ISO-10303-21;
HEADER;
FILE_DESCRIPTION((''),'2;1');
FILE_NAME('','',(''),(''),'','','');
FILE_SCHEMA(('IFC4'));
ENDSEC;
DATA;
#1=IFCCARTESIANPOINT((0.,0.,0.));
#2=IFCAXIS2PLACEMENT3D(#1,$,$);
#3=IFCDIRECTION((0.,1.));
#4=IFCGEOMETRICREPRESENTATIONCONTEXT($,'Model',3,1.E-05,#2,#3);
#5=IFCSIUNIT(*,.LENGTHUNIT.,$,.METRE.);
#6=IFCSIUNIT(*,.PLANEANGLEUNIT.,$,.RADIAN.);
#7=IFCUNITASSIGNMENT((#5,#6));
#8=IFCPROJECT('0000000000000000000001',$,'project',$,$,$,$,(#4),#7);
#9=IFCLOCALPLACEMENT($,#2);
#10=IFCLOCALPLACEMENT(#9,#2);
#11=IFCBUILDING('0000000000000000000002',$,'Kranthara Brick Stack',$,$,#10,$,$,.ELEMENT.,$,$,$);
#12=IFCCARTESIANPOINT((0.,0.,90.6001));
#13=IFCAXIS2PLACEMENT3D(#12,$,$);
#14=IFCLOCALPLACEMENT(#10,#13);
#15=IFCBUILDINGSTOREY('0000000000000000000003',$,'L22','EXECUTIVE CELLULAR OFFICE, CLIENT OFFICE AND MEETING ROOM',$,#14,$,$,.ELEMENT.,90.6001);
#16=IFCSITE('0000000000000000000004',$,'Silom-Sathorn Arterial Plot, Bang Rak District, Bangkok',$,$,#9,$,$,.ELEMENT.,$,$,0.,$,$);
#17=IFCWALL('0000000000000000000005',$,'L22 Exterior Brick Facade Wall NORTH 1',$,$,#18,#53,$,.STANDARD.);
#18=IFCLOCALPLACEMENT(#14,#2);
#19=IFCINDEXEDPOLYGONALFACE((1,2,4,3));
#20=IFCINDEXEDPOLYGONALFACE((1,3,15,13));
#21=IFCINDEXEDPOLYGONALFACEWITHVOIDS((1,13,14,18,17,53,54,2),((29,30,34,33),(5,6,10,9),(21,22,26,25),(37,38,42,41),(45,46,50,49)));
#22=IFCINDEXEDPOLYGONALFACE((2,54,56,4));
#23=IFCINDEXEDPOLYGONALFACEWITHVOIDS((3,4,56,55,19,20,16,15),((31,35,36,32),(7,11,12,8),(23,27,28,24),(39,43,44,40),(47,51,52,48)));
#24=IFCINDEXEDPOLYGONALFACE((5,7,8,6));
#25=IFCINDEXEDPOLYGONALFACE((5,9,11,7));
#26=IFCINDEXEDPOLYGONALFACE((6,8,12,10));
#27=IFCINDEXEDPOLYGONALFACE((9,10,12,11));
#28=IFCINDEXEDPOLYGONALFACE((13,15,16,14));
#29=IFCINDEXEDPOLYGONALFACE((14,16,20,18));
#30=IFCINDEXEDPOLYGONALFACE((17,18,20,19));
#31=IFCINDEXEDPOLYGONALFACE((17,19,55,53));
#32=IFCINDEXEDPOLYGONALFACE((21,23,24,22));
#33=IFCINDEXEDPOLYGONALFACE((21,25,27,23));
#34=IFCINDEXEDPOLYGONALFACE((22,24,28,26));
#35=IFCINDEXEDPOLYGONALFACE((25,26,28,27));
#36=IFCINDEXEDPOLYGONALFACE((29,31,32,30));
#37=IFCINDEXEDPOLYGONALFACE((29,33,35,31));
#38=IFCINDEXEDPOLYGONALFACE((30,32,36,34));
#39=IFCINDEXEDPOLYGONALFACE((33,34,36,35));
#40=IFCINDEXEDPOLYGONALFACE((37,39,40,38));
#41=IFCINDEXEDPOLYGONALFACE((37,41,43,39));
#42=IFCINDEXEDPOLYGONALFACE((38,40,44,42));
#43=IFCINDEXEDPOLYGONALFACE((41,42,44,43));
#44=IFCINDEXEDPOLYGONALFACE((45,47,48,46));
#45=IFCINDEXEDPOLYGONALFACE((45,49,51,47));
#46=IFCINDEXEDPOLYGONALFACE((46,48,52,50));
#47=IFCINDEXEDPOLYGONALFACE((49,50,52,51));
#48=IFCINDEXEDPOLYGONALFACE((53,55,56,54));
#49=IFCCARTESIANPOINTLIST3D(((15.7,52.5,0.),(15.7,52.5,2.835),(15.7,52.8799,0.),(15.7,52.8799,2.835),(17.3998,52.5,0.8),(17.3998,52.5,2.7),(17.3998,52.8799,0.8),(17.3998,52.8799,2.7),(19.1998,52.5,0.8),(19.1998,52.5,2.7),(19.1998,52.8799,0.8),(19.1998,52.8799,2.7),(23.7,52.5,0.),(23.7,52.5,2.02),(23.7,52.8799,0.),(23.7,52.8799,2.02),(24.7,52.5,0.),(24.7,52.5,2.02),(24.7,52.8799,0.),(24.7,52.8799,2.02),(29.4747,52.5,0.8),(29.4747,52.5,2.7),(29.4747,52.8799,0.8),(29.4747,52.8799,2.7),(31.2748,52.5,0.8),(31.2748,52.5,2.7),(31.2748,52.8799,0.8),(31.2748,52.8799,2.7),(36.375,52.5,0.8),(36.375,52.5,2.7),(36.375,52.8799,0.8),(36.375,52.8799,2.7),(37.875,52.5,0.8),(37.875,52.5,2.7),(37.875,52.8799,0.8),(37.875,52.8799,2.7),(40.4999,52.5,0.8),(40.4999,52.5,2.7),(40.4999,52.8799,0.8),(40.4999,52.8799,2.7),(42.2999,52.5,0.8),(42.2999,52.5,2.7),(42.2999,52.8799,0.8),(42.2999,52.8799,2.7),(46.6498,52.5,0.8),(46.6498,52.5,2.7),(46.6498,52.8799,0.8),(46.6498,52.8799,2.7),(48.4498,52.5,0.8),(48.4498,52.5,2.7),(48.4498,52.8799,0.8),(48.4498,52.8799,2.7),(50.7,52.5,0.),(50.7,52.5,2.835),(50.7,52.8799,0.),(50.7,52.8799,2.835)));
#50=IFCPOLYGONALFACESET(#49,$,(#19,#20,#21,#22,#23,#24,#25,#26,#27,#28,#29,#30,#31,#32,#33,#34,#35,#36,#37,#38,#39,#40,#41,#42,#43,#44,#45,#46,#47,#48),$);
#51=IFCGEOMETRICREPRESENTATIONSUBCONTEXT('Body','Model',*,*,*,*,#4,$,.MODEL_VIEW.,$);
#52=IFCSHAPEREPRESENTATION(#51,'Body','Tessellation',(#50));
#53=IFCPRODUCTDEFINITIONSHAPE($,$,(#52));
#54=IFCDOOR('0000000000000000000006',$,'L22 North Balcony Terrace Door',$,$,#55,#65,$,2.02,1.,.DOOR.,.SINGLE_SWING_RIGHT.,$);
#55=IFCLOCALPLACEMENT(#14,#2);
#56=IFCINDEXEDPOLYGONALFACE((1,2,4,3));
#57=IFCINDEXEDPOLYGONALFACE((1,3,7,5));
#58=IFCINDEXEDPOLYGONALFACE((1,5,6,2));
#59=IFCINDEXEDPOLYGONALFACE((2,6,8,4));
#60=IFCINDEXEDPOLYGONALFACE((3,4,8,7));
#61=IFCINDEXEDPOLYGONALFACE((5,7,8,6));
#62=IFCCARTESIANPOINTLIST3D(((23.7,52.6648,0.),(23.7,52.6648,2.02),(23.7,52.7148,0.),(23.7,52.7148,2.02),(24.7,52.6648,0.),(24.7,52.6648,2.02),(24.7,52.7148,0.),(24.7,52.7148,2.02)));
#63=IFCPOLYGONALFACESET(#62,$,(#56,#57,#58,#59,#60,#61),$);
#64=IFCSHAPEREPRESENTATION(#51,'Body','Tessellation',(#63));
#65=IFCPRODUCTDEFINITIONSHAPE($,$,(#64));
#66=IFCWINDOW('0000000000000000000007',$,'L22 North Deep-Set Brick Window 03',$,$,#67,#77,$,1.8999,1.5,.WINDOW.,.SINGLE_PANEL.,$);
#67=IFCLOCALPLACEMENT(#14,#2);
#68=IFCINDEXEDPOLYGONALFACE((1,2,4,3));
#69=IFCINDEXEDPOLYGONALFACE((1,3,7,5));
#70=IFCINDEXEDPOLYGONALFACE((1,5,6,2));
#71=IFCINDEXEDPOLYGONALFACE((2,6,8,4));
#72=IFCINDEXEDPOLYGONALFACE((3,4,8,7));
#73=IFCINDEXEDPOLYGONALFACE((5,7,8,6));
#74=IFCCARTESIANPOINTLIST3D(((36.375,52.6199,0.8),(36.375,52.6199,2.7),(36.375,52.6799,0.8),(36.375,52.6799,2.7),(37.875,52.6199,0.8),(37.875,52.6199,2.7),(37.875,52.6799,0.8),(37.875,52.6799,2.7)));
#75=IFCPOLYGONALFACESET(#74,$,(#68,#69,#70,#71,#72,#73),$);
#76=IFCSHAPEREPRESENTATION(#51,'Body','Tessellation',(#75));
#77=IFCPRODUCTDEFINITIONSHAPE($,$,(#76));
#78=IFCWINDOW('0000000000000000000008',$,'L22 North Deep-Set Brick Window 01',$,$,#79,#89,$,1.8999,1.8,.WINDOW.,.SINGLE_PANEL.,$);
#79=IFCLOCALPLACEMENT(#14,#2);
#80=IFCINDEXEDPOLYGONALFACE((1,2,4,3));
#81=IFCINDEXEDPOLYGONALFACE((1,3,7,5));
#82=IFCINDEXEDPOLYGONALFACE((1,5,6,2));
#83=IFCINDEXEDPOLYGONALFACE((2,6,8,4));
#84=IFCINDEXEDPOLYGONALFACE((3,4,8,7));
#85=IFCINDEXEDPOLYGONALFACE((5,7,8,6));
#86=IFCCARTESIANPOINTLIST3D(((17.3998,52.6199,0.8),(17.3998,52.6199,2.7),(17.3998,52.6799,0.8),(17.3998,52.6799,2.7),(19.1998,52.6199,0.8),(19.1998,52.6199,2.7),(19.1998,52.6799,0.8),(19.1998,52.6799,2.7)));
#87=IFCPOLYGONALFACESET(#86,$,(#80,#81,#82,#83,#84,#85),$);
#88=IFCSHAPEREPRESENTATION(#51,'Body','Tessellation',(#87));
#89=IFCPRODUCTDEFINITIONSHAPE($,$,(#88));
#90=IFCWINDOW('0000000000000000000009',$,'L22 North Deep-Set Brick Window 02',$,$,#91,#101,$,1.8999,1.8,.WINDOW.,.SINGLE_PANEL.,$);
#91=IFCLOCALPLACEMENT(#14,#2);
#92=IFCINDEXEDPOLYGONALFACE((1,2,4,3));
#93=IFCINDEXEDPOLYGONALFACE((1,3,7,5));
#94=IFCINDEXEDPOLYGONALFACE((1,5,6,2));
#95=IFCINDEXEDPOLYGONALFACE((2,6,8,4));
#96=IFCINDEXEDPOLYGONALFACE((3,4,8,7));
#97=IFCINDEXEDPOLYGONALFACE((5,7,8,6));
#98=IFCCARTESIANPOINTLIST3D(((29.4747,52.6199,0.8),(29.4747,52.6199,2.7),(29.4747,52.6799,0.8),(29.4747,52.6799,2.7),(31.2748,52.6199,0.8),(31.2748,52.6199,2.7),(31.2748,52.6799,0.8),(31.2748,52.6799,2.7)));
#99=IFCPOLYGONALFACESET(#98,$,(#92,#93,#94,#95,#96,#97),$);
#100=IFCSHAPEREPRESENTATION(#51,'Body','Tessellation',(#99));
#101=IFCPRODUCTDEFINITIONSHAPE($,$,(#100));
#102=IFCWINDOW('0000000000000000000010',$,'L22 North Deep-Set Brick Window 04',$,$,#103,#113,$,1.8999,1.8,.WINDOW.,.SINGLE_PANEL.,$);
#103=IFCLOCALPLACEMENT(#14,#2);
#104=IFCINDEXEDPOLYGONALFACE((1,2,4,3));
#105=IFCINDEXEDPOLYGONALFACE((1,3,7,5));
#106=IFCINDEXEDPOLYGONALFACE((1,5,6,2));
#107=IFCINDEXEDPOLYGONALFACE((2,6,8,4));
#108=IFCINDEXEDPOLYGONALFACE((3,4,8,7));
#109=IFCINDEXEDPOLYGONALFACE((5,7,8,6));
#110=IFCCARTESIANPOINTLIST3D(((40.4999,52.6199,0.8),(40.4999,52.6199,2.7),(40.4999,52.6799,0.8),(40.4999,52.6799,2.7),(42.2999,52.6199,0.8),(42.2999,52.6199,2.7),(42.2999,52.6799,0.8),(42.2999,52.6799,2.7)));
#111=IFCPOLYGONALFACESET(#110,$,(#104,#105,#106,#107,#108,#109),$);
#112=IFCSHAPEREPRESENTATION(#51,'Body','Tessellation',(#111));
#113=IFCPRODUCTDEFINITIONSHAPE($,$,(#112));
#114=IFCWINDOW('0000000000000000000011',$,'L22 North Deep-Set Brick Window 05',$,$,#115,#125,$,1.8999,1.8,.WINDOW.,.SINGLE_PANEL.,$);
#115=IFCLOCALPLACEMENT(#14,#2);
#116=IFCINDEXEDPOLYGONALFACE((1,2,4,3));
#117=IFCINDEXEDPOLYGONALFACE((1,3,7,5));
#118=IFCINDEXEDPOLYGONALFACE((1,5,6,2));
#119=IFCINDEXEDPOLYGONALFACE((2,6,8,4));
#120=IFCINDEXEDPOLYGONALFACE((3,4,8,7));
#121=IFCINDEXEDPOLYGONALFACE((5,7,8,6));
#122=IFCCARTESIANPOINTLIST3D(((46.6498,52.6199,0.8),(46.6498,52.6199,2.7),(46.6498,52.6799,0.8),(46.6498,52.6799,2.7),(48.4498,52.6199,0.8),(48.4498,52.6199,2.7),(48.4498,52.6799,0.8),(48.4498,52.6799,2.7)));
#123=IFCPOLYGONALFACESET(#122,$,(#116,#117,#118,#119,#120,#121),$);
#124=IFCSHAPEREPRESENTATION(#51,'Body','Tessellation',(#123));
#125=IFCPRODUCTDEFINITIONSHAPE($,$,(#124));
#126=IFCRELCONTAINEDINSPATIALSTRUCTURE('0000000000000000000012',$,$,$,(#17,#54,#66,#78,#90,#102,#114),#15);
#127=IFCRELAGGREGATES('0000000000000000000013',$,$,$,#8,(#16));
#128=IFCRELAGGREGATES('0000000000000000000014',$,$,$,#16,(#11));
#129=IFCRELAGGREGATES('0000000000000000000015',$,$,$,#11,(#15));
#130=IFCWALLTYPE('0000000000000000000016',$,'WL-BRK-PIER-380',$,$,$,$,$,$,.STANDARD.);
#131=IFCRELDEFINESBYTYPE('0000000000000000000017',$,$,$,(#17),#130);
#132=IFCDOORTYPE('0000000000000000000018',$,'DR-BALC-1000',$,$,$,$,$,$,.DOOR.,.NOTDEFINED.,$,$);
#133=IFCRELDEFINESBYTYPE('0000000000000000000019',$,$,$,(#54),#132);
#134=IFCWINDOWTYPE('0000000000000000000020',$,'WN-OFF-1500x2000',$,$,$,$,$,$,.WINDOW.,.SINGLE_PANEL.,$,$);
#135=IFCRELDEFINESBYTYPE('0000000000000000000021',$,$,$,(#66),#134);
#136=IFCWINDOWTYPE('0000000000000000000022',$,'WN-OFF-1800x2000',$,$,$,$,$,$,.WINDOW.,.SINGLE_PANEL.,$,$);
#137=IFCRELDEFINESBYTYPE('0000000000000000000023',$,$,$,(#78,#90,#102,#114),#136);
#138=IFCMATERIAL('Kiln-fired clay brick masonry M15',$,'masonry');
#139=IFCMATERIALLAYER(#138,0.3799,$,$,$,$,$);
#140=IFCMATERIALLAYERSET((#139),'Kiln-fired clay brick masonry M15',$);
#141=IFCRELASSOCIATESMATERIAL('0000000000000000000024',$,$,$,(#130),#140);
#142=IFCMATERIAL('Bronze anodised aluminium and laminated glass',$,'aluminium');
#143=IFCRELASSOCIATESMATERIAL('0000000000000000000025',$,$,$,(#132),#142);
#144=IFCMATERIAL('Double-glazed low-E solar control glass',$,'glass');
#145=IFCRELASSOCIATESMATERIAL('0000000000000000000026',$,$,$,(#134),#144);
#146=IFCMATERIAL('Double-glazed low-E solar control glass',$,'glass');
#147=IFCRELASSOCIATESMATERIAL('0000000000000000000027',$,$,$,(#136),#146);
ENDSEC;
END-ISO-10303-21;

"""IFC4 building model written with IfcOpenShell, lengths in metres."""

from ifc_helpers import new_model, si_unit, direction, frame, frame_2d, origin, place, context, subcontext, project, spatial, rectangle, extrude, material, layer, layer_set, type_object, element, fill, save


model = new_model("IFC4")

# Units and contexts
model_context = context("Model", 3, precision=1e-05, world=origin(), true_north=direction((0.0, 1.0)))
body_context = subcontext(model_context, "Body", "Model", "MODEL_VIEW")
ifc_project = project(units=[si_unit("LENGTHUNIT", "METRE"), si_unit("PLANEANGLEUNIT", "RADIAN")], contexts=[model_context])

# Site, building, storey
site_placement = place(None, origin())
site = spatial("IfcSite", under=ifc_project, at=site_placement, Name="Silom-Sathorn Arterial Plot, Bang Rak District, Bangkok", CompositionType="ELEMENT", RefElevation=0.0)
building_placement = place(site_placement, origin())
building = spatial("IfcBuilding", under=site, at=building_placement, Name="Kranthara Brick Stack", CompositionType="ELEMENT")
storey_placement = place(building_placement, frame((0.0, 0.0, 90.6001)))
storey = spatial("IfcBuildingStorey", under=building, at=storey_placement, Name="L22", Description="EXECUTIVE CELLULAR OFFICE, CLIENT OFFICE AND MEETING ROOM", CompositionType="ELEMENT", Elevation=90.6001)

# Shared definitions
ifc_material_1 = material(Name="Kiln-fired clay brick masonry M15", Category="masonry")
ifc_layer_1 = layer(ifc_material_1, 0.3799)
ifc_layer_set_1 = layer_set([ifc_layer_1], Name="Kiln-fired clay brick masonry M15")
wall_type = type_object("IfcWallType", Name="WL-BRK-PIER-380", PredefinedType="STANDARD", material=ifc_layer_set_1)

# Wall, openings, door, windows
wall_1_placement = place(storey_placement, frame((15.7, 52.6899, 0.0), z_axis=(0.0, 0.0, 1.0), x_axis=(1.0, 0.0, 0.0)))
wall_1 = element("IfcWall", 1, at=wall_1_placement, inside=storey, type_object=wall_type, Name="L22 Exterior Brick Facade Wall NORTH 1", PredefinedType="STANDARD", context=body_context, shape_type="SweptSolid", body=[
    extrude(rectangle(XDim=35.0, YDim=0.3799, at=frame_2d((17.5, 0.0))), origin(), (0.0, 0.0, 1.0), 2.835),
])
opening_1_placement = place(wall_1_placement, frame((8.0, 0.0, 0.0)))
opening_1 = element("IfcOpeningElement", 2, at=opening_1_placement, cuts=wall_1, PredefinedType="OPENING", context=body_context, shape_type="SweptSolid", body=[
    extrude(rectangle(XDim=1.0, YDim=2.02, at=frame_2d((0.5, 1.01))), frame((0.0, 0.2, 0.0), z_axis=(0.0, -1.0, 0.0), x_axis=(1.0, 0.0, 0.0)), (0.0, 0.0, 1.0), 0.3999),
])
opening_2_placement = place(wall_1_placement, frame((1.7, 0.0, 0.8)))
opening_2 = element("IfcOpeningElement", 3, at=opening_2_placement, cuts=wall_1, PredefinedType="OPENING", context=body_context, shape_type="SweptSolid", body=[
    extrude(rectangle(XDim=1.8, YDim=1.8999, at=frame_2d((0.8999, 0.95))), frame((0.0, 0.2, 0.0), z_axis=(0.0, -1.0, 0.0), x_axis=(1.0, 0.0, 0.0)), (0.0, 0.0, 1.0), 0.3999),
])
opening_3_placement = place(wall_1_placement, frame((13.7749, 0.0, 0.8)))
opening_3 = element("IfcOpeningElement", 4, at=opening_3_placement, cuts=wall_1, PredefinedType="OPENING", context=body_context, shape_type="SweptSolid", body=[
    extrude(rectangle(XDim=1.8, YDim=1.8999, at=frame_2d((0.8999, 0.95))), frame((0.0, 0.2, 0.0), z_axis=(0.0, -1.0, 0.0), x_axis=(1.0, 0.0, 0.0)), (0.0, 0.0, 1.0), 0.3999),
])
opening_4_placement = place(wall_1_placement, frame((20.675, 0.0, 0.8)))
opening_4 = element("IfcOpeningElement", 5, at=opening_4_placement, cuts=wall_1, PredefinedType="OPENING", context=body_context, shape_type="SweptSolid", body=[
    extrude(rectangle(XDim=1.5, YDim=1.8999, at=frame_2d((0.75, 0.95))), frame((0.0, 0.2, 0.0), z_axis=(0.0, -1.0, 0.0), x_axis=(1.0, 0.0, 0.0)), (0.0, 0.0, 1.0), 0.3999),
])
opening_5_placement = place(wall_1_placement, frame((24.8, 0.0, 0.8)))
opening_5 = element("IfcOpeningElement", 6, at=opening_5_placement, cuts=wall_1, PredefinedType="OPENING", context=body_context, shape_type="SweptSolid", body=[
    extrude(rectangle(XDim=1.8, YDim=1.8999, at=frame_2d((0.8999, 0.95))), frame((0.0, 0.2, 0.0), z_axis=(0.0, -1.0, 0.0), x_axis=(1.0, 0.0, 0.0)), (0.0, 0.0, 1.0), 0.3999),
])
opening_6_placement = place(wall_1_placement, frame((30.95, 0.0, 0.8)))
opening_6 = element("IfcOpeningElement", 7, at=opening_6_placement, cuts=wall_1, PredefinedType="OPENING", context=body_context, shape_type="SweptSolid", body=[
    extrude(rectangle(XDim=1.8, YDim=1.8999, at=frame_2d((0.8999, 0.95))), frame((0.0, 0.2, 0.0), z_axis=(0.0, -1.0, 0.0), x_axis=(1.0, 0.0, 0.0)), (0.0, 0.0, 1.0), 0.3999),
])
ifc_material_2 = material(Name="Bronze anodised aluminium and laminated glass", Category="aluminium")
door_type = type_object("IfcDoorType", Name="DR-BALC-1000", OperationType="NOTDEFINED", PredefinedType="DOOR", material=ifc_material_2)
door_placement = place(opening_1_placement, origin())
door = element("IfcDoor", 8, at=door_placement, inside=storey, type_object=door_type, Name="L22 North Balcony Terrace Door", OperationType="SINGLE_SWING_RIGHT", OverallHeight=2.02, OverallWidth=1.0, PredefinedType="DOOR", context=body_context, shape_type="SweptSolid", body=[
    extrude(rectangle(XDim=1.0, YDim=2.02, at=frame_2d((0.5, 1.01))), frame((0.0, 0.0249, 0.0), z_axis=(0.0, -1.0, 0.0), x_axis=(1.0, 0.0, 0.0)), (0.0, 0.0, 1.0), 0.05),
])
fill(opening_1, door)
ifc_material_3 = material(Name="Double-glazed low-E solar control glass", Category="glass")
window_type_1 = type_object("IfcWindowType", Name="WN-OFF-1500x2000", PartitioningType="SINGLE_PANEL", PredefinedType="WINDOW", material=ifc_material_3)
window_1_placement = place(opening_4_placement, origin())
window_1 = element("IfcWindow", 9, at=window_1_placement, inside=storey, type_object=window_type_1, Name="L22 North Deep-Set Brick Window 03", OverallHeight=1.8999, OverallWidth=1.5, PartitioningType="SINGLE_PANEL", PredefinedType="WINDOW", context=body_context, shape_type="SweptSolid", body=[
    extrude(rectangle(XDim=1.5, YDim=1.8999, at=frame_2d((0.75, 0.95))), frame((0.0, -0.01, 0.0), z_axis=(0.0, -1.0, 0.0), x_axis=(1.0, 0.0, 0.0)), (0.0, 0.0, 1.0), 0.0601),
])
fill(opening_4, window_1)
ifc_material_4 = material(Name="Double-glazed low-E solar control glass", Category="glass")
window_type_2 = type_object("IfcWindowType", Name="WN-OFF-1800x2000", PartitioningType="SINGLE_PANEL", PredefinedType="WINDOW", material=ifc_material_4)
window_2_placement = place(opening_2_placement, origin())
window_2 = element("IfcWindow", 10, at=window_2_placement, inside=storey, type_object=window_type_2, Name="L22 North Deep-Set Brick Window 01", OverallHeight=1.8999, OverallWidth=1.8, PartitioningType="SINGLE_PANEL", PredefinedType="WINDOW", context=body_context, shape_type="SweptSolid", body=[
    extrude(rectangle(XDim=1.8, YDim=1.8999, at=frame_2d((0.8999, 0.95))), frame((0.0, -0.01, 0.0), z_axis=(0.0, -1.0, 0.0), x_axis=(1.0, 0.0, 0.0)), (0.0, 0.0, 1.0), 0.0601),
])
fill(opening_2, window_2)
window_3_placement = place(opening_3_placement, origin())
window_3 = element("IfcWindow", 11, at=window_3_placement, inside=storey, type_object=window_type_2, Name="L22 North Deep-Set Brick Window 02", OverallHeight=1.8999, OverallWidth=1.8, PartitioningType="SINGLE_PANEL", PredefinedType="WINDOW", context=body_context, shape_type="SweptSolid", body=[
    extrude(rectangle(XDim=1.8, YDim=1.8999, at=frame_2d((0.8999, 0.95))), frame((0.0, -0.01, 0.0), z_axis=(0.0, -1.0, 0.0), x_axis=(1.0, 0.0, 0.0)), (0.0, 0.0, 1.0), 0.0601),
])
fill(opening_3, window_3)
window_4_placement = place(opening_5_placement, origin())
window_4 = element("IfcWindow", 12, at=window_4_placement, inside=storey, type_object=window_type_2, Name="L22 North Deep-Set Brick Window 04", OverallHeight=1.8999, OverallWidth=1.8, PartitioningType="SINGLE_PANEL", PredefinedType="WINDOW", context=body_context, shape_type="SweptSolid", body=[
    extrude(rectangle(XDim=1.8, YDim=1.8999, at=frame_2d((0.8999, 0.95))), frame((0.0, -0.01, 0.0), z_axis=(0.0, -1.0, 0.0), x_axis=(1.0, 0.0, 0.0)), (0.0, 0.0, 1.0), 0.0601),
])
fill(opening_5, window_4)
window_5_placement = place(opening_6_placement, origin())
window_5 = element("IfcWindow", 13, at=window_5_placement, inside=storey, type_object=window_type_2, Name="L22 North Deep-Set Brick Window 05", OverallHeight=1.8999, OverallWidth=1.8, PartitioningType="SINGLE_PANEL", PredefinedType="WINDOW", context=body_context, shape_type="SweptSolid", body=[
    extrude(rectangle(XDim=1.8, YDim=1.8999, at=frame_2d((0.8999, 0.95))), frame((0.0, -0.01, 0.0), z_axis=(0.0, -1.0, 0.0), x_axis=(1.0, 0.0, 0.0)), (0.0, 0.0, 1.0), 0.0601),
])
fill(opening_6, window_5)

save(model, "model.ifc")
